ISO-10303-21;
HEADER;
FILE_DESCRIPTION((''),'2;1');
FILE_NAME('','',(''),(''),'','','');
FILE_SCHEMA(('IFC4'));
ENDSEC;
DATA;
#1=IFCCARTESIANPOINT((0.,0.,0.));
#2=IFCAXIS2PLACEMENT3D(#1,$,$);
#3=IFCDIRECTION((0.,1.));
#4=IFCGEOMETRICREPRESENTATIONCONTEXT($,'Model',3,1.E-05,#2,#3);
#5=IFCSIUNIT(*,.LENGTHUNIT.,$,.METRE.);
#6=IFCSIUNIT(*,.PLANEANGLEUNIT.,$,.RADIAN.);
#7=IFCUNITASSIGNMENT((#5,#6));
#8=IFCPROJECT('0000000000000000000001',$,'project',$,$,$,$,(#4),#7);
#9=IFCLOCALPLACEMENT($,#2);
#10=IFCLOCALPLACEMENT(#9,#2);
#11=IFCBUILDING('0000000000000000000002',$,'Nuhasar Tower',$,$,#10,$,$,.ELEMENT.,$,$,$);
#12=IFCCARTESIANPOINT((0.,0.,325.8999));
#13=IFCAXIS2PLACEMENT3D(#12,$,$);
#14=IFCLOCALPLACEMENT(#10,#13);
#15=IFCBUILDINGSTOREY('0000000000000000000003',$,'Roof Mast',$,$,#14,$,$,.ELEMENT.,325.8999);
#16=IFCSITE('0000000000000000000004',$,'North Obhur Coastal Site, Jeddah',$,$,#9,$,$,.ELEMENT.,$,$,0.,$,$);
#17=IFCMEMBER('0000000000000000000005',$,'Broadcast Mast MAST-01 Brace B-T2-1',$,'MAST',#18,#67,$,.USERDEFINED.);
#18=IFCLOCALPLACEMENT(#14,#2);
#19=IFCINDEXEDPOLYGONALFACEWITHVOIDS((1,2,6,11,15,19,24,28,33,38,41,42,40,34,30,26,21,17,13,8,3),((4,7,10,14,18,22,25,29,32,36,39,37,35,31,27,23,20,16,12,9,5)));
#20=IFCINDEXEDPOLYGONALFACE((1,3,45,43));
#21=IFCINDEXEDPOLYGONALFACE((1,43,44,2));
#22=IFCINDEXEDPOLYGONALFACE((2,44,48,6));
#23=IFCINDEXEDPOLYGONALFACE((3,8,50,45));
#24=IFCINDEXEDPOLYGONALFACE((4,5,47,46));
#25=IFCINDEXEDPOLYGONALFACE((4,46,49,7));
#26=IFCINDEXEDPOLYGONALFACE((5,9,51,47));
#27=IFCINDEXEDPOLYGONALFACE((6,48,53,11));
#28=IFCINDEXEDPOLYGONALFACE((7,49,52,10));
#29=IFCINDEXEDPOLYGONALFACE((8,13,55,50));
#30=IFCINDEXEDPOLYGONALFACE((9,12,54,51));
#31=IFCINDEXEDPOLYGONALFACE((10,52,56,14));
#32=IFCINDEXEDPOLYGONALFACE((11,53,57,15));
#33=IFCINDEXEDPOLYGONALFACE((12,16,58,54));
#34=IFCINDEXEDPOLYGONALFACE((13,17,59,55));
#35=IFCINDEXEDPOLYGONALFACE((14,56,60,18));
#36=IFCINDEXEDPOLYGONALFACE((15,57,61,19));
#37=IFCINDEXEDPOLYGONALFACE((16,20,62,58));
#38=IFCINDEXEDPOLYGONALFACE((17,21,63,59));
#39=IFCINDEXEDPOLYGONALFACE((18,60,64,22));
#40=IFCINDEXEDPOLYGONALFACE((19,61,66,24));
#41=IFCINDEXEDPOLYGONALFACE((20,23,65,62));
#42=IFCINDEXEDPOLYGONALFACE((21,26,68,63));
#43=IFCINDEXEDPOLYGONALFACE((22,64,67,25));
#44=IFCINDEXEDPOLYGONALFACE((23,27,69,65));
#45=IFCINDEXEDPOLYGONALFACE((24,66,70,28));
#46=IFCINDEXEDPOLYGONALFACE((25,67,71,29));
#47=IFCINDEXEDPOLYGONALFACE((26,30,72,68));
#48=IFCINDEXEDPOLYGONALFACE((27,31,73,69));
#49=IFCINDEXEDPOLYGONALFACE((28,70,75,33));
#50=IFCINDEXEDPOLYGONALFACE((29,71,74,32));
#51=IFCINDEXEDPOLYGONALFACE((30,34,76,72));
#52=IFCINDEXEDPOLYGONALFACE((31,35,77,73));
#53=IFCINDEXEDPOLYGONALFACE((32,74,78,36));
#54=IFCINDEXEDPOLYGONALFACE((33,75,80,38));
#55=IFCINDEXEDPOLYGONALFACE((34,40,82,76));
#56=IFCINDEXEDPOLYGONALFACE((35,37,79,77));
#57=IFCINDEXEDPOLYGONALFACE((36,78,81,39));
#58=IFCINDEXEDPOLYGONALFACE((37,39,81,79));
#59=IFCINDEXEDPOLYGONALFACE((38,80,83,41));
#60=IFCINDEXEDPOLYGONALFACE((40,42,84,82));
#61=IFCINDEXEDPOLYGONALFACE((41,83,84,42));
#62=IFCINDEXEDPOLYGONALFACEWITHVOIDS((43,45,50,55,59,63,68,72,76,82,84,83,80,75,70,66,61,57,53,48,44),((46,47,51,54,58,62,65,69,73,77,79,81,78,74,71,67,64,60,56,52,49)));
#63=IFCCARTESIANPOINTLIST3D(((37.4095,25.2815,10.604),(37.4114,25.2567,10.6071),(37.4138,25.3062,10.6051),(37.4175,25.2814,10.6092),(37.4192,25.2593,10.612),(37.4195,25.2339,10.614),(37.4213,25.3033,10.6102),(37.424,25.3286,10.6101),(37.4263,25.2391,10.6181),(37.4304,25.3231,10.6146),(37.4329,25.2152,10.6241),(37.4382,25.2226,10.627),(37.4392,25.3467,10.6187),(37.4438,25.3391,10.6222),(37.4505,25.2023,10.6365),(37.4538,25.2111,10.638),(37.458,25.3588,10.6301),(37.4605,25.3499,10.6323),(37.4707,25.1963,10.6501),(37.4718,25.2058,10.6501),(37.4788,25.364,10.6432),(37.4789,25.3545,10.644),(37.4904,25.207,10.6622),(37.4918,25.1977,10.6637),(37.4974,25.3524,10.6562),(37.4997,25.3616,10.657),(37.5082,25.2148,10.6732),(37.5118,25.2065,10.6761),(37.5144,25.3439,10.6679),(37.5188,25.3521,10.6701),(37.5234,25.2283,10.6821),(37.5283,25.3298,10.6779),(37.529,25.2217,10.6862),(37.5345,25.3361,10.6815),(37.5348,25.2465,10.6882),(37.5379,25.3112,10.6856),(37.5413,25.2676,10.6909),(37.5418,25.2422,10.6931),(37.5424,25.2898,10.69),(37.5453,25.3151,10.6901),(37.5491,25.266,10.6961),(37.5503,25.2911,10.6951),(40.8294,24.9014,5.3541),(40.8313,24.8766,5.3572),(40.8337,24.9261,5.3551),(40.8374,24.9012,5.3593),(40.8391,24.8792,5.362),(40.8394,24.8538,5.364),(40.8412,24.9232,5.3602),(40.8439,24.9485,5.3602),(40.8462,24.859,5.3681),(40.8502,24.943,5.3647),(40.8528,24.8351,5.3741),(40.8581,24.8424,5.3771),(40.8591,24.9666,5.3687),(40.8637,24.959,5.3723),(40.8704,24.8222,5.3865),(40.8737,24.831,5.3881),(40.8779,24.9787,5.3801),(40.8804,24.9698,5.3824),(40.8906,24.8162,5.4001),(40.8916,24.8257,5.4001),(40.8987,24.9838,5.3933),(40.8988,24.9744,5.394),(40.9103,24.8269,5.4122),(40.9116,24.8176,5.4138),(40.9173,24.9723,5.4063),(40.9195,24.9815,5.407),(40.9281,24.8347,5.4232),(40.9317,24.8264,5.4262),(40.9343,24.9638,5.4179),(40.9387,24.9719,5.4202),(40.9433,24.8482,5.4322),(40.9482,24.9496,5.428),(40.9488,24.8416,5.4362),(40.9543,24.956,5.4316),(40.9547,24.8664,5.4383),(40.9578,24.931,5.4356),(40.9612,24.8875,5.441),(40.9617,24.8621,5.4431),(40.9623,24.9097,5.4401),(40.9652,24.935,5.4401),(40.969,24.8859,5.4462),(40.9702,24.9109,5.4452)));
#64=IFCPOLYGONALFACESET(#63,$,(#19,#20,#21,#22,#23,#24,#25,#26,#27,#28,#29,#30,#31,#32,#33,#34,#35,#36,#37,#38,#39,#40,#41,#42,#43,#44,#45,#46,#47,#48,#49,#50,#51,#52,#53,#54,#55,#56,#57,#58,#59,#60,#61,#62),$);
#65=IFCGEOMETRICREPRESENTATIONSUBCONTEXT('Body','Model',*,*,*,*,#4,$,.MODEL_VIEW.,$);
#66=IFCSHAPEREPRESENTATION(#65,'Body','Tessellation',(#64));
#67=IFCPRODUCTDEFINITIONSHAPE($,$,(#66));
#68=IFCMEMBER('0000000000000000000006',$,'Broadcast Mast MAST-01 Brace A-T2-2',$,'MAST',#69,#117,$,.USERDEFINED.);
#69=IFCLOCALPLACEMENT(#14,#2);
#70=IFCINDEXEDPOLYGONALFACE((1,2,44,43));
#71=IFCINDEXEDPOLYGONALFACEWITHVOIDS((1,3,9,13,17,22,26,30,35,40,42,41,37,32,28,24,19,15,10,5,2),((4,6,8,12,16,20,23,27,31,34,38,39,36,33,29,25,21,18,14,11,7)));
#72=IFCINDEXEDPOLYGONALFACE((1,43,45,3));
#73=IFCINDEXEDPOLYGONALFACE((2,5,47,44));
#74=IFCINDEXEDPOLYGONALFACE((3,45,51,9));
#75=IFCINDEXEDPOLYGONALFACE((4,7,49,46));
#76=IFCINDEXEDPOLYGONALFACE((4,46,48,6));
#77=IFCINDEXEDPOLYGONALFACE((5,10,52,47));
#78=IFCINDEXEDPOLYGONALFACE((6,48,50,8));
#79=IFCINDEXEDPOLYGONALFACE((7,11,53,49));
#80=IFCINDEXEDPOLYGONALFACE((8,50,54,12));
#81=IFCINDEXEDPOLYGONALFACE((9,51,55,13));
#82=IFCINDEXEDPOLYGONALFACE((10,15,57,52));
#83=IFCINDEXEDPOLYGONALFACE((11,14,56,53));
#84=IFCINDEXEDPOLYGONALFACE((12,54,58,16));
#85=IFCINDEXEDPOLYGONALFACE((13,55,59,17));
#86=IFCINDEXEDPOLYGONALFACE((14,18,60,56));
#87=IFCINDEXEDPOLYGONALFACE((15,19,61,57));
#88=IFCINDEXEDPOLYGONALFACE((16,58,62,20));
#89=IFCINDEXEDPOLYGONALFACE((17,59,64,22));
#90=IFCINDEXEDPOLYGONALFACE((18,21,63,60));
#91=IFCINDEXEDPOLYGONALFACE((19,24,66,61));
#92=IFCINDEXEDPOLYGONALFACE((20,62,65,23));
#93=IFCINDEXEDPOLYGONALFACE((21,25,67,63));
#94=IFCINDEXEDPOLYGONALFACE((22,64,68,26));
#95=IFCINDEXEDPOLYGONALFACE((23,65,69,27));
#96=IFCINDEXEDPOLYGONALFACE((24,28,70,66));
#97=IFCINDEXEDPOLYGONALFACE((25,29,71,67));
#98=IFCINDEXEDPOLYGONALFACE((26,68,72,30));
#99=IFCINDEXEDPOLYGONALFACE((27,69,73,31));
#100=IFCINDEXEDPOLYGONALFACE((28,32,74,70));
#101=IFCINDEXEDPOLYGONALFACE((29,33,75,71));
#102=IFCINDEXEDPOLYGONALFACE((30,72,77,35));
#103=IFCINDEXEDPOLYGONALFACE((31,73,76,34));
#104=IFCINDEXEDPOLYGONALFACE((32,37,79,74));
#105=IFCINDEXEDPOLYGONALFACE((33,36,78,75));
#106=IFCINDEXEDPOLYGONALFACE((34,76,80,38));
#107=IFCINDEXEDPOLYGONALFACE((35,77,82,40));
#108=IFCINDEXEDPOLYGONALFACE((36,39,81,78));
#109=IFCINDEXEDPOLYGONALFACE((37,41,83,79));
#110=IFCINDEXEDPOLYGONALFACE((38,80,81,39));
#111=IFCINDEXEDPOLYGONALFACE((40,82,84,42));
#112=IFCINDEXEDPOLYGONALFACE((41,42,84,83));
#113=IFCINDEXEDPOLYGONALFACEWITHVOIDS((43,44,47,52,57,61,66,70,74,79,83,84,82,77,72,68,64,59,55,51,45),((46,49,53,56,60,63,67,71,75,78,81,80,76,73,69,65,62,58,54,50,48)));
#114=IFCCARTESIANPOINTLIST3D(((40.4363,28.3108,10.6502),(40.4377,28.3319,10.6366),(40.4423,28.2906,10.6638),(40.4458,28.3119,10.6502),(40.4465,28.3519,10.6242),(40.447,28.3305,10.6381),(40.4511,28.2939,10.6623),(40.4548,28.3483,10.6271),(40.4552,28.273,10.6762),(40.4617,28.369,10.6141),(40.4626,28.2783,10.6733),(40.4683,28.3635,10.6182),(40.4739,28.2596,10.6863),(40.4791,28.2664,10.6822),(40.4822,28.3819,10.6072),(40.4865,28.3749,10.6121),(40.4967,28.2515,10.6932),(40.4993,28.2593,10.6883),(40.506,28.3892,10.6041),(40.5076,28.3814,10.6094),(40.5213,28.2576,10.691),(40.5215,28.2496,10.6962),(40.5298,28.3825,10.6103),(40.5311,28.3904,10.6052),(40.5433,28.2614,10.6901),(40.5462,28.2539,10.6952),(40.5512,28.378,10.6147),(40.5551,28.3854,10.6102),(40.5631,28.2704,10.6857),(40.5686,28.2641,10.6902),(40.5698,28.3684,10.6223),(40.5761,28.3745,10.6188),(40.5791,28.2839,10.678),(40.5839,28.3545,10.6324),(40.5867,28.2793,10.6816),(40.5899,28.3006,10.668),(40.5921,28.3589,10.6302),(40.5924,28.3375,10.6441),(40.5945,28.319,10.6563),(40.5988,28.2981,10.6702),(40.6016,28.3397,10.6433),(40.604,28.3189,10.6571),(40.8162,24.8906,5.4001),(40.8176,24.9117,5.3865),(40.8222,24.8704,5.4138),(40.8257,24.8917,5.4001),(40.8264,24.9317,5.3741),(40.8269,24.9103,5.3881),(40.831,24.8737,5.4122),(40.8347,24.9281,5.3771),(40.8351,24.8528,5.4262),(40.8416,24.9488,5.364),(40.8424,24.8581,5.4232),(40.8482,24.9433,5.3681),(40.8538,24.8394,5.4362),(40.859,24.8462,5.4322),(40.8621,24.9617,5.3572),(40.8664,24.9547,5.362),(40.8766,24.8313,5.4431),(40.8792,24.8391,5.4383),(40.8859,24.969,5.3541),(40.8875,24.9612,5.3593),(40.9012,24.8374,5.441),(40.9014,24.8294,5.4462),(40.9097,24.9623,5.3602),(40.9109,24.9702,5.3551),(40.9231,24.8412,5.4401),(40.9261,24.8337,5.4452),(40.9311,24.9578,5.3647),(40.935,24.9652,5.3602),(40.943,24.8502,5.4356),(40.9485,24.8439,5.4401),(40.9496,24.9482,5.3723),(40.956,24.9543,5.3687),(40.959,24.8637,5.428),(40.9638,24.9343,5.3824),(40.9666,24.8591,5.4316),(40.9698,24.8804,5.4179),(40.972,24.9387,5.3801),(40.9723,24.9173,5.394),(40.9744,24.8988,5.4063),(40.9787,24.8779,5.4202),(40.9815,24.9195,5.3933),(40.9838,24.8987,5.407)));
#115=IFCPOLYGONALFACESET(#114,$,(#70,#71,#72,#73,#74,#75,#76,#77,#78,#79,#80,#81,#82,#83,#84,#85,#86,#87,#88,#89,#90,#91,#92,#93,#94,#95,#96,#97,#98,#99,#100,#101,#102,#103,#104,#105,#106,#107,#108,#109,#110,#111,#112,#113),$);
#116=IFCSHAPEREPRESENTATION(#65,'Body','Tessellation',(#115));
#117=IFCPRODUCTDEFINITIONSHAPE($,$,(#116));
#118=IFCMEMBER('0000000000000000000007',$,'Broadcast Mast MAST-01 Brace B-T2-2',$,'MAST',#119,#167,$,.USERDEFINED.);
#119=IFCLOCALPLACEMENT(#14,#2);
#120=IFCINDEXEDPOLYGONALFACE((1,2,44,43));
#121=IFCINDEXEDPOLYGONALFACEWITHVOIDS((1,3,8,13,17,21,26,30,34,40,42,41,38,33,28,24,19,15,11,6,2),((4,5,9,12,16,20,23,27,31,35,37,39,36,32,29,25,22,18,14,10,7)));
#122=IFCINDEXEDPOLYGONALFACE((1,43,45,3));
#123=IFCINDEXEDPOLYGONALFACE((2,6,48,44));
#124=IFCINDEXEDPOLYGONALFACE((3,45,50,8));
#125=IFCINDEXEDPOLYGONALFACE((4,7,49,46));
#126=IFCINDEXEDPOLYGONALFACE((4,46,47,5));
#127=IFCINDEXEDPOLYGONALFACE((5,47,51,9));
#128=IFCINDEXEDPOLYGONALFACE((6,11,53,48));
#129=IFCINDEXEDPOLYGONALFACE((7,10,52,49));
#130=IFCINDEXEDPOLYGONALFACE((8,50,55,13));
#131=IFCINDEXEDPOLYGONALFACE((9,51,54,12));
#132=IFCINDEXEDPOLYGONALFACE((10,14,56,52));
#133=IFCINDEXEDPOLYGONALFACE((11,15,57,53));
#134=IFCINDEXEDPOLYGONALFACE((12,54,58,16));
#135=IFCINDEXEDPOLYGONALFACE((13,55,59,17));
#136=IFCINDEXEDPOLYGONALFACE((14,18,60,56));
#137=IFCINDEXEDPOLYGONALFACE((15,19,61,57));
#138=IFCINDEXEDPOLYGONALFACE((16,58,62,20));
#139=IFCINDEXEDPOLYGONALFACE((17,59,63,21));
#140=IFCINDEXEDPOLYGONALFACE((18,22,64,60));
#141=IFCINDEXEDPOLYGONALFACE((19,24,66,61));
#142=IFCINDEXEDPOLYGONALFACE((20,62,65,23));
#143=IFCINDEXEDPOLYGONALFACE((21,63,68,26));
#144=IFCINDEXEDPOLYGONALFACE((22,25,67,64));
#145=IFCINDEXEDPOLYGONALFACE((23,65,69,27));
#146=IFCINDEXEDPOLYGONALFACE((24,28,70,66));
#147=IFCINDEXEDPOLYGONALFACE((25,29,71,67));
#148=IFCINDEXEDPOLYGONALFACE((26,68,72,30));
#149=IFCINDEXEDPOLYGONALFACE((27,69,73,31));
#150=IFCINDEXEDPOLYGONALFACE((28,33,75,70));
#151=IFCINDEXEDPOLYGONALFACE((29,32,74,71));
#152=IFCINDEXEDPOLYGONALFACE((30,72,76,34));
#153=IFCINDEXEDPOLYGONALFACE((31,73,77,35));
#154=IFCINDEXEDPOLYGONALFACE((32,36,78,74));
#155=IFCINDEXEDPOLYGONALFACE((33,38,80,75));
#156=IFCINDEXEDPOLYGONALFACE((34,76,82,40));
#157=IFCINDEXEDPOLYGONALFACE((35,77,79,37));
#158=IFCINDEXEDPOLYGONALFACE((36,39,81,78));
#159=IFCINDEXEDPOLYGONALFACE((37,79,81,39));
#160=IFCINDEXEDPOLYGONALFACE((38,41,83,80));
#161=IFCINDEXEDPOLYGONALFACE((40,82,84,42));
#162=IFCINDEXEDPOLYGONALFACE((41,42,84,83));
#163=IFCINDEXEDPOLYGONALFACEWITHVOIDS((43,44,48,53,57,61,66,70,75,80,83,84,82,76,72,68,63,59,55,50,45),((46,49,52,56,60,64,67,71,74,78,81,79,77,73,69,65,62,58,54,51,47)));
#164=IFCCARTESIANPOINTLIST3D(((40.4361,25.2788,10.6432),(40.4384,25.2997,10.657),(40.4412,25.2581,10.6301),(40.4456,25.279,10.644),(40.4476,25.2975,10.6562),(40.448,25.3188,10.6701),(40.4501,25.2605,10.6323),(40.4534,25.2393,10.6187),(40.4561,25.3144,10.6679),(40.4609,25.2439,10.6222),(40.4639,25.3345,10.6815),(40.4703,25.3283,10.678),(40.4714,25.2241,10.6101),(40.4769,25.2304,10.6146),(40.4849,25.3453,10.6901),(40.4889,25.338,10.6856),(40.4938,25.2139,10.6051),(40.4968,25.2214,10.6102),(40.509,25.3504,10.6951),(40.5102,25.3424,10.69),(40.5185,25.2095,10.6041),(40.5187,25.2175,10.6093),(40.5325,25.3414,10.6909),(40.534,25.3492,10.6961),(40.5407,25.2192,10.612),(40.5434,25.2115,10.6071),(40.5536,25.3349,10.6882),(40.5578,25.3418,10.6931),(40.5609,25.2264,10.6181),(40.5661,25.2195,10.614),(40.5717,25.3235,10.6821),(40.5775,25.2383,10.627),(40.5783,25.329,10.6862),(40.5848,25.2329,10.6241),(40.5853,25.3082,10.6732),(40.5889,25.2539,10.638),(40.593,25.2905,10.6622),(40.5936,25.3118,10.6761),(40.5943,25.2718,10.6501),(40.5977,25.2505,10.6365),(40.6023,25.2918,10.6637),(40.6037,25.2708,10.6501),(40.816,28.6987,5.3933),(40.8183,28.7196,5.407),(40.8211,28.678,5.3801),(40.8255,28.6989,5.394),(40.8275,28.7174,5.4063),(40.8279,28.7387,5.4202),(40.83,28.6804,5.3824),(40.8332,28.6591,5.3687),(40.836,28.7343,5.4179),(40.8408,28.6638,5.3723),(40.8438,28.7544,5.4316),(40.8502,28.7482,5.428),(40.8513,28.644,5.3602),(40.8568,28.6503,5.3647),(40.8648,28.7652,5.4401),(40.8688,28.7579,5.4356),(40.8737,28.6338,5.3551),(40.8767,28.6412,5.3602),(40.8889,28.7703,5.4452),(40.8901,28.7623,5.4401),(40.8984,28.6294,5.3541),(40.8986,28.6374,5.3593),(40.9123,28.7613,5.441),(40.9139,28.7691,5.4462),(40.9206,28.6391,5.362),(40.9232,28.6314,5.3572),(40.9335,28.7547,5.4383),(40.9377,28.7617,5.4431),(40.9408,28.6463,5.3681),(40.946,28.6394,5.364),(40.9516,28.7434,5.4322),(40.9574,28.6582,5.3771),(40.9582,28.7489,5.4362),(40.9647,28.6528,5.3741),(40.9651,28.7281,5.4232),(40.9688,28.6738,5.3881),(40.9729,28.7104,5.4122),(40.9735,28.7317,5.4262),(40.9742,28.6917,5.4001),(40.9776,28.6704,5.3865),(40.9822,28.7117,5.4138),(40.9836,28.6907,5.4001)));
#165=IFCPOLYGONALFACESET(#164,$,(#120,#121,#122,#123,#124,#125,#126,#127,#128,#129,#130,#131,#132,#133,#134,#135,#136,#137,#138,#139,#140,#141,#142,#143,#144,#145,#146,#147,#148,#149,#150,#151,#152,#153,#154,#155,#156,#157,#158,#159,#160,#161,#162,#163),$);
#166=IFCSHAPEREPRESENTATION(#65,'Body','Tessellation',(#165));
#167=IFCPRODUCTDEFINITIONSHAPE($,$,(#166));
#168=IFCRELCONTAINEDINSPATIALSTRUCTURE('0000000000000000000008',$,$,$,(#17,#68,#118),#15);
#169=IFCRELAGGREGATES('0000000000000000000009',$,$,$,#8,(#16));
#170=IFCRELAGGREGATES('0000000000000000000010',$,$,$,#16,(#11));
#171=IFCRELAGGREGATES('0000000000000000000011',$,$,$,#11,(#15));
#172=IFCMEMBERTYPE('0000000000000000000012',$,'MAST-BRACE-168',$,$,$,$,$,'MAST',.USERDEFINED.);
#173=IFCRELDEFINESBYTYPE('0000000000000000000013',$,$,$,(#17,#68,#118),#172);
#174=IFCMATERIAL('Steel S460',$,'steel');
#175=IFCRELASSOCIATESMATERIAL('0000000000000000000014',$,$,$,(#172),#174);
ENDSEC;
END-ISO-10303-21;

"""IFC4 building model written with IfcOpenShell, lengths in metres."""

from ifc_helpers import new_model, si_unit, direction, frame, origin, origin_2d, place, context, subcontext, project, spatial, hollow_circle, extrude, material, material_profile, profile_set, type_object, element, save


model = new_model("IFC4")

# Units and contexts
model_context = context("Model", 3, precision=1e-05, world=origin(), true_north=direction((0.0, 1.0)))
body_context = subcontext(model_context, "Body", "Model", "MODEL_VIEW")
ifc_project = project(units=[si_unit("LENGTHUNIT", "METRE"), si_unit("PLANEANGLEUNIT", "RADIAN")], contexts=[model_context])

# Site, building, storey
site_placement = place(None, origin())
site = spatial("IfcSite", under=ifc_project, at=site_placement, Name="North Obhur Coastal Site, Jeddah", CompositionType="ELEMENT", RefElevation=0.0)
building_placement = place(site_placement, origin())
building = spatial("IfcBuilding", under=site, at=building_placement, Name="Nuhasar Tower", CompositionType="ELEMENT")
storey_placement = place(building_placement, frame((0.0, 0.0, 325.8999)))
storey = spatial("IfcBuildingStorey", under=building, at=storey_placement, Name="Roof Mast", CompositionType="ELEMENT", Elevation=325.8999)

# Shared definitions
ifc_material = material(Name="Steel S460", Category="steel")

# Members
ifc_material_profile_1 = material_profile(ifc_material, hollow_circle(Radius=0.0842, WallThickness=0.0095, at=origin_2d()), Name="HSS168.3X9.5")
ifc_profile_set_1 = profile_set([ifc_material_profile_1], Name="Steel S460")
member_type = type_object("IfcMemberType", Name="MAST-BRACE-168", ElementType="MAST", PredefinedType="USERDEFINED", material=ifc_profile_set_1)
member_1_placement = place(storey_placement, frame((40.8999, 24.8999, 5.4001), z_axis=(-0.544819, 0.060557, 0.836364), x_axis=(-0.11047, -0.993879, 0.0)))
element("IfcMember", 1, at=member_1_placement, inside=storey, type_object=member_type, Name="Broadcast Mast MAST-01 Brace B-T2-1", ObjectType="MAST", PredefinedType="USERDEFINED", context=body_context, shape_type="SweptSolid", body=[
    extrude(hollow_circle(Radius=0.0842, WallThickness=0.0095, at=origin_2d()), origin(), (0.0, 0.0, 1.0), 6.2771),
])
member_2_placement = place(storey_placement, frame((40.8999, 24.8999, 5.4001), z_axis=(-0.060517, 0.544848, 0.836348), x_axis=(-0.993888, -0.110393, 0.0)))
element("IfcMember", 2, at=member_2_placement, inside=storey, type_object=member_type, Name="Broadcast Mast MAST-01 Brace A-T2-2", ObjectType="MAST", PredefinedType="USERDEFINED", context=body_context, shape_type="SweptSolid", body=[
    extrude(hollow_circle(Radius=0.0842, WallThickness=0.0095, at=origin_2d()), origin(), (0.0, 0.0, 1.0), 6.2773),
])
for number, where, z_axis, x_axis, name in (
    (3, (40.8999, 28.7, 5.4001), (-0.060518, -0.54482, 0.836366), (0.993887, -0.1104, 0.0), "Broadcast Mast MAST-01 Brace B-T2-2"),
):
    element("IfcMember", number, at=place(storey_placement, frame(where, z_axis=z_axis, x_axis=x_axis)), inside=storey, type_object=member_type, Name=name, ObjectType="MAST", PredefinedType="USERDEFINED", context=body_context, shape_type="SweptSolid", body=[
        extrude(hollow_circle(Radius=0.0842, WallThickness=0.0095, at=origin_2d()), origin(), (0.0, 0.0, 1.0), 6.2771),
    ])

save(model, "model.ifc")
